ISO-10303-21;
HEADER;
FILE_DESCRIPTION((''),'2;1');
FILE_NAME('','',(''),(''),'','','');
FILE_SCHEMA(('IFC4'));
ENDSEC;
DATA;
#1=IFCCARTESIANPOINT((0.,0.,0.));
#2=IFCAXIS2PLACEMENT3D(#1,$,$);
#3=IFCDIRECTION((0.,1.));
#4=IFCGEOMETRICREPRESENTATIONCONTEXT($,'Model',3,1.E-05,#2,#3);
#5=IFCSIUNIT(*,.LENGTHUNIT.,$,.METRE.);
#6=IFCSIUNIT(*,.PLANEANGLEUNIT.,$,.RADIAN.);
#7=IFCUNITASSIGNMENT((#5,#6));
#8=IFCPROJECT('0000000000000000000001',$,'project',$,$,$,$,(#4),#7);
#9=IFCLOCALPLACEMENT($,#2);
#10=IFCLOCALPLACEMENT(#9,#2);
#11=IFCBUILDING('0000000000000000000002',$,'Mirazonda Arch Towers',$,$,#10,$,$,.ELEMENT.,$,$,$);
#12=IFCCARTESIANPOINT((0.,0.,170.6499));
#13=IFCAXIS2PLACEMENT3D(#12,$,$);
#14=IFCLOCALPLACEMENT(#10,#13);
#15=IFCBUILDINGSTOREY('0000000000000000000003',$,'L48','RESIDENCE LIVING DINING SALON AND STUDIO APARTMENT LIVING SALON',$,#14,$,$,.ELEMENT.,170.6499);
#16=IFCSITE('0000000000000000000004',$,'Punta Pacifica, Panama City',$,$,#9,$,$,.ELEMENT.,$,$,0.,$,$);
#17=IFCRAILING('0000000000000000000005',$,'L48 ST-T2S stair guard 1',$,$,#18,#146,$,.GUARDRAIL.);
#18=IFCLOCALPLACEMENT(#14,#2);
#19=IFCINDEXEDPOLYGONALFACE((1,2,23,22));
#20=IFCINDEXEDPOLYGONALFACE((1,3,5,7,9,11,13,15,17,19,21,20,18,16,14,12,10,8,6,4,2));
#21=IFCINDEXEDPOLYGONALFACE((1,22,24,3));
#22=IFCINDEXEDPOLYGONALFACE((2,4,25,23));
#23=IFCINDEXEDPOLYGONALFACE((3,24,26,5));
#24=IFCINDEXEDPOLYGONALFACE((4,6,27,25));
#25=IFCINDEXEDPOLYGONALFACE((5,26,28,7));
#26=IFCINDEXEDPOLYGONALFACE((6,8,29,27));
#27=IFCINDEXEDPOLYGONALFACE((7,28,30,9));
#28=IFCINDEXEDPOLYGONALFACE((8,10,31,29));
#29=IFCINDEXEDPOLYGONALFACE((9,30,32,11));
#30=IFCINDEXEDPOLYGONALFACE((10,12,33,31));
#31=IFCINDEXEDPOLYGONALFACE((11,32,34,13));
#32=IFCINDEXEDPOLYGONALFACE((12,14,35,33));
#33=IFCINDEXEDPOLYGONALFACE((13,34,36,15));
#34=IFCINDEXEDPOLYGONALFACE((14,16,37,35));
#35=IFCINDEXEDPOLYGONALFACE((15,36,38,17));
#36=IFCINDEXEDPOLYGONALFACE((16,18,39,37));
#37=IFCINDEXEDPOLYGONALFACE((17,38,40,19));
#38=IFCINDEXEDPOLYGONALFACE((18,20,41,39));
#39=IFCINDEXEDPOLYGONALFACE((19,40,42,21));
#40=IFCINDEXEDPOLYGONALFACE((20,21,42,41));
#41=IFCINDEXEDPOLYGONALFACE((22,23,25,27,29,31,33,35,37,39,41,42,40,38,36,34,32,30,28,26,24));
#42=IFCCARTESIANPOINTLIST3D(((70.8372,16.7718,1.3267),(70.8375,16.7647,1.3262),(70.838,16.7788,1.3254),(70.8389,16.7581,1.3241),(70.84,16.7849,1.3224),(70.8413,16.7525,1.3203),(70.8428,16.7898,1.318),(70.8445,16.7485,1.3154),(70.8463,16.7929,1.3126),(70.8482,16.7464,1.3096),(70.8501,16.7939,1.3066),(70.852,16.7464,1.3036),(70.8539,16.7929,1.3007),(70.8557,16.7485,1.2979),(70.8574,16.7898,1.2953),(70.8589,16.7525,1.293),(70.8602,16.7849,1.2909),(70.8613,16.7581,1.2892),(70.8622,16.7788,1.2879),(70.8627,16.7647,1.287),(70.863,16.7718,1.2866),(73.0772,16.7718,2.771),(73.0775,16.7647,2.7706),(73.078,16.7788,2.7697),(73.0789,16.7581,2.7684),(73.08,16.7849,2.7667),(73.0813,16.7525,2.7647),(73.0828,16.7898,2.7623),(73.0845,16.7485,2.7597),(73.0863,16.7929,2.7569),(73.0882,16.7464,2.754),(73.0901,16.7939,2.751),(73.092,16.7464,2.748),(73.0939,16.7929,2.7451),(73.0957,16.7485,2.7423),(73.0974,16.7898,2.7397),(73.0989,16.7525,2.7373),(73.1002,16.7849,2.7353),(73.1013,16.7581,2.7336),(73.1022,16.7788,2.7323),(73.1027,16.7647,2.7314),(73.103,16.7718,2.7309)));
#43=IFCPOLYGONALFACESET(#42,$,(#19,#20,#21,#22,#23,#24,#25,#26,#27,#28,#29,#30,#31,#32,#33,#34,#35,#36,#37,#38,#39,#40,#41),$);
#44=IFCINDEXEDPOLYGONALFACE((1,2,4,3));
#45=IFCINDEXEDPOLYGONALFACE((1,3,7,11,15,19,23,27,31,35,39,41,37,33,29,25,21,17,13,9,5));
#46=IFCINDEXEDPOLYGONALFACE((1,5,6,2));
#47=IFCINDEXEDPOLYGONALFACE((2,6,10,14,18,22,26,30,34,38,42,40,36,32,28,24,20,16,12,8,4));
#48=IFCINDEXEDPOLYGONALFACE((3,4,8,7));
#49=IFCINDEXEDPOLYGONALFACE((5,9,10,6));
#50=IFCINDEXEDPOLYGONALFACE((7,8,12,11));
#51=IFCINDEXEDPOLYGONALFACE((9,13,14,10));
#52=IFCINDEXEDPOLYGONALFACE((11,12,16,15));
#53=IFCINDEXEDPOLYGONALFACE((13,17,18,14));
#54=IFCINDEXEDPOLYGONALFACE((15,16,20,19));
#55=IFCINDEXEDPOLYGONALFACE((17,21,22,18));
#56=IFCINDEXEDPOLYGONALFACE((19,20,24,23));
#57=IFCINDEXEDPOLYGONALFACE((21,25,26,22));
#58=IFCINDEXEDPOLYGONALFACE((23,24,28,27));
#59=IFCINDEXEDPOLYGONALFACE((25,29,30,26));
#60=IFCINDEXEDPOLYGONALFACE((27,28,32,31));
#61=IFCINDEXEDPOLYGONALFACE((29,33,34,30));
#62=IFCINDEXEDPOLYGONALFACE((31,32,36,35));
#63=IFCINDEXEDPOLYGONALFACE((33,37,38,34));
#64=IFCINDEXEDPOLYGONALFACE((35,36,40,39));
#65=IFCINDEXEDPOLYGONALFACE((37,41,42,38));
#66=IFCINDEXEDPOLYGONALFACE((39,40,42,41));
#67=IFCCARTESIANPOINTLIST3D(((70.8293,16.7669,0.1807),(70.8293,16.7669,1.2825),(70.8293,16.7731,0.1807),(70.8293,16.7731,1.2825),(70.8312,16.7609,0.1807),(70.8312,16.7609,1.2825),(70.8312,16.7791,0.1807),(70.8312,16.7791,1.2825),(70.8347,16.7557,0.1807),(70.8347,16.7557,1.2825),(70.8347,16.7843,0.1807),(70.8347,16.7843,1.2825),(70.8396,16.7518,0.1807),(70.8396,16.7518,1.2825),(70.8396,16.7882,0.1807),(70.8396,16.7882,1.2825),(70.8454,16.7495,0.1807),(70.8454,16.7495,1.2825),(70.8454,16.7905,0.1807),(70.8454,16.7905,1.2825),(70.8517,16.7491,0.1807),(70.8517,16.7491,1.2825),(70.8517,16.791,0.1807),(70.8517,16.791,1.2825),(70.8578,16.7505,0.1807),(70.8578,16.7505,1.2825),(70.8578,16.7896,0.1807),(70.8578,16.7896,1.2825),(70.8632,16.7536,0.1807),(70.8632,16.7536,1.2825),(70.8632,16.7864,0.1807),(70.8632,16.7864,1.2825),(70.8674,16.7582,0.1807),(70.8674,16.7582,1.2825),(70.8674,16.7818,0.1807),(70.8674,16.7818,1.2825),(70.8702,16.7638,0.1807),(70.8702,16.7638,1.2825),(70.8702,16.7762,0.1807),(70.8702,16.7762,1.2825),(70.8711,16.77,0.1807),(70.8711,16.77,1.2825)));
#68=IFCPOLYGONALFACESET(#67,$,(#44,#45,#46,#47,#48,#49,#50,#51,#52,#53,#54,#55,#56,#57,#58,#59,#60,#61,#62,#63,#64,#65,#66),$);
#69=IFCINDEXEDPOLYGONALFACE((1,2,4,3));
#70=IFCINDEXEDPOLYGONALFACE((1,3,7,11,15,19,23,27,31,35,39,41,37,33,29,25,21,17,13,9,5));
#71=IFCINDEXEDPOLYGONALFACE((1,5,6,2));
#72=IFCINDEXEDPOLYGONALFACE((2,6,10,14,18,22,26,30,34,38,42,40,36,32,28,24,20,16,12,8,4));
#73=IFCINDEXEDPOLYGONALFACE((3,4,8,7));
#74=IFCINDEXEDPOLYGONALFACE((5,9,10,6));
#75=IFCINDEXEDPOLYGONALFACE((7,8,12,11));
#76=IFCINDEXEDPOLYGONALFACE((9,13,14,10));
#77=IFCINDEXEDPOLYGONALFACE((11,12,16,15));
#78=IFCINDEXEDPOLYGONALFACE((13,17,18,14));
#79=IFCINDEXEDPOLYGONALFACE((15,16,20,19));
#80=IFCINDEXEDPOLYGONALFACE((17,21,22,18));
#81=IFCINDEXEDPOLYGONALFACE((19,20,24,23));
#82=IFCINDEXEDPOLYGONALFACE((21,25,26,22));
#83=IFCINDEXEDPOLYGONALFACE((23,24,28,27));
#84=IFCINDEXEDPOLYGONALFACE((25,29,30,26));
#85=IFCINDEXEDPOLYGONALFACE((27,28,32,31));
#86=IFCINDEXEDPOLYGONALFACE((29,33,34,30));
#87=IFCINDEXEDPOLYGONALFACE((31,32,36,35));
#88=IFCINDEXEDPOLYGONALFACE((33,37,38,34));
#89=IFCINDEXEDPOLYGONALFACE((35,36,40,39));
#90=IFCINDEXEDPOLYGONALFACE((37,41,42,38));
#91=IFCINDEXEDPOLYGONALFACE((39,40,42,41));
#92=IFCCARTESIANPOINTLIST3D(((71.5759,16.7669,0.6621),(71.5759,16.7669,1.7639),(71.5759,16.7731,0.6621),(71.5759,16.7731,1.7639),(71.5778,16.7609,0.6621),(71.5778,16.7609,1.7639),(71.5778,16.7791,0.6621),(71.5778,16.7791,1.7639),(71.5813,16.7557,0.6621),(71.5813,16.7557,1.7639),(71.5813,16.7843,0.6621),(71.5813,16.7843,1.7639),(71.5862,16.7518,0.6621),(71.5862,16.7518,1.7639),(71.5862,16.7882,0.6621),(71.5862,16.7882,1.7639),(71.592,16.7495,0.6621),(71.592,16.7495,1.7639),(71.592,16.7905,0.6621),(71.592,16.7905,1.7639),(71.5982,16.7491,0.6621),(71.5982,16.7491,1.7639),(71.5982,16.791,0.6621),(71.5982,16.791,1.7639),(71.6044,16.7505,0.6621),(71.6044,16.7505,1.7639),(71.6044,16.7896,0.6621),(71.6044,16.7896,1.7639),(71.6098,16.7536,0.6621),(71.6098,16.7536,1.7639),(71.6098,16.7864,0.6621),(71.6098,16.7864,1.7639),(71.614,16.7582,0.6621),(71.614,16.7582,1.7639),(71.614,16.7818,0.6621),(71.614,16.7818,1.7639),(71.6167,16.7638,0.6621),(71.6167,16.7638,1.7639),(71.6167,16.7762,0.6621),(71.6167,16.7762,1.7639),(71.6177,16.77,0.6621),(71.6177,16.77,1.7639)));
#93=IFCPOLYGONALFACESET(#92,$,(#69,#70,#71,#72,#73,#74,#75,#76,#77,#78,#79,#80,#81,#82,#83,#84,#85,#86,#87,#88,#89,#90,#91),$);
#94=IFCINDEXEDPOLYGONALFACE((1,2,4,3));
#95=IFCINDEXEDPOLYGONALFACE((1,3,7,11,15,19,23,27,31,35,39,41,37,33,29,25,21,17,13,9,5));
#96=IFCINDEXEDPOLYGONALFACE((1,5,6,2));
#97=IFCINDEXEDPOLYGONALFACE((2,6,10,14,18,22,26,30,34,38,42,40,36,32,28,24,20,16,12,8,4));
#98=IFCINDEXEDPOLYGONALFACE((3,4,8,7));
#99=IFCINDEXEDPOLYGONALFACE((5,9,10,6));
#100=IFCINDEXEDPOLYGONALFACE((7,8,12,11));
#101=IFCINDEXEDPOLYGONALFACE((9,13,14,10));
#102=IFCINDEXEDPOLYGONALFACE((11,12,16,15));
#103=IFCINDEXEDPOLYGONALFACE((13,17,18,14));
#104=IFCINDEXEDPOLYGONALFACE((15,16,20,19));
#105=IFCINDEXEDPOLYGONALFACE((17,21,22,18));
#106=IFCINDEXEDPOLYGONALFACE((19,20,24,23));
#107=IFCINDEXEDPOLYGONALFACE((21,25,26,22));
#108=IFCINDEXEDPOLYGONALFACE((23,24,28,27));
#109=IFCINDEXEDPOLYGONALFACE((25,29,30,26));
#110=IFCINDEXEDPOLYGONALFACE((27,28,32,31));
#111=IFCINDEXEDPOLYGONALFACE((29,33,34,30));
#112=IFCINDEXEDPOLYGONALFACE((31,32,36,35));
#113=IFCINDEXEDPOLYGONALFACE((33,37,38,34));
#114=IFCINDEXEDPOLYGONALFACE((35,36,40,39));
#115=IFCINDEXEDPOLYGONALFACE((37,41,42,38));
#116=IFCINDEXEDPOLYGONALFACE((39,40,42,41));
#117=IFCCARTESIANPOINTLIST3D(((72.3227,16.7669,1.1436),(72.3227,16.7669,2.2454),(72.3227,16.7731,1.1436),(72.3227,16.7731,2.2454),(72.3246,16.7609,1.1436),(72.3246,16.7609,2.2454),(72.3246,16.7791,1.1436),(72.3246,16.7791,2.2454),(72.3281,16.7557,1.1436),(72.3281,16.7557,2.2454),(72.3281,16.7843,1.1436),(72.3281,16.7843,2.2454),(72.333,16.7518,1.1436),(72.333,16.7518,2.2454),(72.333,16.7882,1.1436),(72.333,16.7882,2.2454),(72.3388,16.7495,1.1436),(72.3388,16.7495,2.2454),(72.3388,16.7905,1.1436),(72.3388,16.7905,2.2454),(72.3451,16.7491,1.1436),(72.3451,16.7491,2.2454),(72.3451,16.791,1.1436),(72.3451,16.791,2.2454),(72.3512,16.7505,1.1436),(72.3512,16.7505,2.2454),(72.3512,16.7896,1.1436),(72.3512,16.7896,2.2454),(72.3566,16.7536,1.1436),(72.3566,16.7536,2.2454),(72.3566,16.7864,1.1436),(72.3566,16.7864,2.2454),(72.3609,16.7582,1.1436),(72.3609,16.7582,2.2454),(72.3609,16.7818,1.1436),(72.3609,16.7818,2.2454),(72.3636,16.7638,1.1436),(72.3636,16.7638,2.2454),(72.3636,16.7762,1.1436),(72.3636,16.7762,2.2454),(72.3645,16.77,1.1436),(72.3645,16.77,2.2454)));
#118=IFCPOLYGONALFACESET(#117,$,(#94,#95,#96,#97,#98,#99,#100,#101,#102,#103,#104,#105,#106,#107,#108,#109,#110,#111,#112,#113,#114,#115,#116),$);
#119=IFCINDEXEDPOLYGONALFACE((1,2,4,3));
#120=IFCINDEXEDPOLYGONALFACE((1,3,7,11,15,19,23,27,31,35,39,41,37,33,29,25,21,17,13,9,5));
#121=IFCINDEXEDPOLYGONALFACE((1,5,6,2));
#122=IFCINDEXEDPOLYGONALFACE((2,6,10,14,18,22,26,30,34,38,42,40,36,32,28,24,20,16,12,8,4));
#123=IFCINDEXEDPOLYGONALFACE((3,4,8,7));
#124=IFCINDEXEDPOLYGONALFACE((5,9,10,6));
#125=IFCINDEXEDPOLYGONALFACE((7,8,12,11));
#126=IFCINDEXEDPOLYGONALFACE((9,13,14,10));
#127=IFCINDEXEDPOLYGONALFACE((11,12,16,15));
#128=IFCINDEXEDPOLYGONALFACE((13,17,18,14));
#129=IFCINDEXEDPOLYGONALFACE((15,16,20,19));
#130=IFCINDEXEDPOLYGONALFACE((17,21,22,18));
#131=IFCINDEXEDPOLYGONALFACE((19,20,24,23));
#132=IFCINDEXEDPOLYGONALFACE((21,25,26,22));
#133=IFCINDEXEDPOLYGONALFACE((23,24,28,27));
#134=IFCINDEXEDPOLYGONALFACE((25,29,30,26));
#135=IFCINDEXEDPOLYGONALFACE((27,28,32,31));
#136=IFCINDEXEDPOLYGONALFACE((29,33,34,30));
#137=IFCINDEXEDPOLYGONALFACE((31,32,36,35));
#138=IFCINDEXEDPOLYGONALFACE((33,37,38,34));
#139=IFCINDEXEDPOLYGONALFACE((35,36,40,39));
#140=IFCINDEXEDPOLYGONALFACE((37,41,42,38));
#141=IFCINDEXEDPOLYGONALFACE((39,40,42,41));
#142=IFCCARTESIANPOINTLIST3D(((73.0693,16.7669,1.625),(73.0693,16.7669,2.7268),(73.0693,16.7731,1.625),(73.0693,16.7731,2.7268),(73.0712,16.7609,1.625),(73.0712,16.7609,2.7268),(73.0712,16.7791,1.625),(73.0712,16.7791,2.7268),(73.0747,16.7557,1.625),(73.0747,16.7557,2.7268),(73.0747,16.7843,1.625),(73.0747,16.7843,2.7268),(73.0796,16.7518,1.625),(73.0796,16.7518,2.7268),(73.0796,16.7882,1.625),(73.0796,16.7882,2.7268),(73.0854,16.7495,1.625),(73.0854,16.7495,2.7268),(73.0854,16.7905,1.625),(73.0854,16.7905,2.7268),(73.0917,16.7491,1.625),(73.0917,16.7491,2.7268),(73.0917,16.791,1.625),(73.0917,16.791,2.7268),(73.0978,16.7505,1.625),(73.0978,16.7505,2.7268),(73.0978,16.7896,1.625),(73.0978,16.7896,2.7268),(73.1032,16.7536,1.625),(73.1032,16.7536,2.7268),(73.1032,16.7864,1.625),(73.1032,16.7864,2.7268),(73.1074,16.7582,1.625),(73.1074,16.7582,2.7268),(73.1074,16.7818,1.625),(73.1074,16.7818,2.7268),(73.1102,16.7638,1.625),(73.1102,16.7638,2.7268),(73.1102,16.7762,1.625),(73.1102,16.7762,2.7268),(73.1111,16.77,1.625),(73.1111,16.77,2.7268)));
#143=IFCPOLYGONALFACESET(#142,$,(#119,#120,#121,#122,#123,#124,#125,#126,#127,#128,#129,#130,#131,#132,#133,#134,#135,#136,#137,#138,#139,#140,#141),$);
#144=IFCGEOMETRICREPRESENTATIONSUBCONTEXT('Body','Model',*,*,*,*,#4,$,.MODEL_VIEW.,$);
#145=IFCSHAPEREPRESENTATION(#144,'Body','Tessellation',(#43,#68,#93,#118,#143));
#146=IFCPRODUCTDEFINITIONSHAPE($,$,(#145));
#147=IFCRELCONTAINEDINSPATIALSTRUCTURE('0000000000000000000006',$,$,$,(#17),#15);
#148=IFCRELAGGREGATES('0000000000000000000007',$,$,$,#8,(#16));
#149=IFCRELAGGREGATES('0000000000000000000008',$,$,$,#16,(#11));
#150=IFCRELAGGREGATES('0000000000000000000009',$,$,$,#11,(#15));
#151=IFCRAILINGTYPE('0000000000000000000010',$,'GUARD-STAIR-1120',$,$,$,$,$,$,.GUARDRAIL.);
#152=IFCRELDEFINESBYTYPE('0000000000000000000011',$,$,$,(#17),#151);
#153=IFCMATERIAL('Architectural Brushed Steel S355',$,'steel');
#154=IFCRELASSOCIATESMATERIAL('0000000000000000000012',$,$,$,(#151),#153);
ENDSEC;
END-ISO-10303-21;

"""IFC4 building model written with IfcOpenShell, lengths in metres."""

from ifc_helpers import new_model, si_unit, direction, frame, origin, origin_2d, place, context, subcontext, project, spatial, circle, extrude, material, type_object, element, save


model = new_model("IFC4")

# Units and contexts
model_context = context("Model", 3, precision=1e-05, world=origin(), true_north=direction((0.0, 1.0)))
body_context = subcontext(model_context, "Body", "Model", "MODEL_VIEW")
ifc_project = project(units=[si_unit("LENGTHUNIT", "METRE"), si_unit("PLANEANGLEUNIT", "RADIAN")], contexts=[model_context])

# Site, building, storey
site_placement = place(None, origin())
site = spatial("IfcSite", under=ifc_project, at=site_placement, Name="Punta Pacifica, Panama City", CompositionType="ELEMENT", RefElevation=0.0)
building_placement = place(site_placement, origin())
building = spatial("IfcBuilding", under=site, at=building_placement, Name="Mirazonda Arch Towers", CompositionType="ELEMENT")
storey_placement = place(building_placement, frame((0.0, 0.0, 170.6499)))
storey = spatial("IfcBuildingStorey", under=building, at=storey_placement, Name="L48", Description="RESIDENCE LIVING DINING SALON AND STUDIO APARTMENT LIVING SALON", CompositionType="ELEMENT", Elevation=170.6499)

# Shared definitions
ifc_material_1 = material(Name="Architectural Brushed Steel S355", Category="steel")

# Railing
railing_type = type_object("IfcRailingType", Name="GUARD-STAIR-1120", PredefinedType="GUARDRAIL", material=ifc_material_1)
railing_1_placement = place(storey_placement, frame((70.8501, 16.77, 0.1807)))
element("IfcRailing", 1, at=railing_1_placement, inside=storey, type_object=railing_type, Name="L48 ST-T2S stair guard 1", PredefinedType="GUARDRAIL", context=body_context, shape_type="SweptSolid", body=[
    extrude(circle(Radius=0.0239, at=origin_2d()), frame((0.0, 0.0, 1.126), z_axis=(0.840437, 0.0, 0.54191), x_axis=(0.0, 1.0, 0.0)), (0.0, 0.0, 1.0), 2.6653),
    extrude(circle(Radius=0.021, at=origin_2d()), origin(), (0.0, 0.0, 1.0), 1.1018),
    extrude(circle(Radius=0.021, at=origin_2d()), frame((0.7466, 0.0, 0.4814)), (0.0, 0.0, 1.0), 1.1018),
    extrude(circle(Radius=0.021, at=origin_2d()), frame((1.4934, 0.0, 0.9629)), (0.0, 0.0, 1.0), 1.1018),
    extrude(circle(Radius=0.021, at=origin_2d()), frame((2.24, 0.0, 1.4443)), (0.0, 0.0, 1.0), 1.1018),
])

save(model, "model.ifc")
